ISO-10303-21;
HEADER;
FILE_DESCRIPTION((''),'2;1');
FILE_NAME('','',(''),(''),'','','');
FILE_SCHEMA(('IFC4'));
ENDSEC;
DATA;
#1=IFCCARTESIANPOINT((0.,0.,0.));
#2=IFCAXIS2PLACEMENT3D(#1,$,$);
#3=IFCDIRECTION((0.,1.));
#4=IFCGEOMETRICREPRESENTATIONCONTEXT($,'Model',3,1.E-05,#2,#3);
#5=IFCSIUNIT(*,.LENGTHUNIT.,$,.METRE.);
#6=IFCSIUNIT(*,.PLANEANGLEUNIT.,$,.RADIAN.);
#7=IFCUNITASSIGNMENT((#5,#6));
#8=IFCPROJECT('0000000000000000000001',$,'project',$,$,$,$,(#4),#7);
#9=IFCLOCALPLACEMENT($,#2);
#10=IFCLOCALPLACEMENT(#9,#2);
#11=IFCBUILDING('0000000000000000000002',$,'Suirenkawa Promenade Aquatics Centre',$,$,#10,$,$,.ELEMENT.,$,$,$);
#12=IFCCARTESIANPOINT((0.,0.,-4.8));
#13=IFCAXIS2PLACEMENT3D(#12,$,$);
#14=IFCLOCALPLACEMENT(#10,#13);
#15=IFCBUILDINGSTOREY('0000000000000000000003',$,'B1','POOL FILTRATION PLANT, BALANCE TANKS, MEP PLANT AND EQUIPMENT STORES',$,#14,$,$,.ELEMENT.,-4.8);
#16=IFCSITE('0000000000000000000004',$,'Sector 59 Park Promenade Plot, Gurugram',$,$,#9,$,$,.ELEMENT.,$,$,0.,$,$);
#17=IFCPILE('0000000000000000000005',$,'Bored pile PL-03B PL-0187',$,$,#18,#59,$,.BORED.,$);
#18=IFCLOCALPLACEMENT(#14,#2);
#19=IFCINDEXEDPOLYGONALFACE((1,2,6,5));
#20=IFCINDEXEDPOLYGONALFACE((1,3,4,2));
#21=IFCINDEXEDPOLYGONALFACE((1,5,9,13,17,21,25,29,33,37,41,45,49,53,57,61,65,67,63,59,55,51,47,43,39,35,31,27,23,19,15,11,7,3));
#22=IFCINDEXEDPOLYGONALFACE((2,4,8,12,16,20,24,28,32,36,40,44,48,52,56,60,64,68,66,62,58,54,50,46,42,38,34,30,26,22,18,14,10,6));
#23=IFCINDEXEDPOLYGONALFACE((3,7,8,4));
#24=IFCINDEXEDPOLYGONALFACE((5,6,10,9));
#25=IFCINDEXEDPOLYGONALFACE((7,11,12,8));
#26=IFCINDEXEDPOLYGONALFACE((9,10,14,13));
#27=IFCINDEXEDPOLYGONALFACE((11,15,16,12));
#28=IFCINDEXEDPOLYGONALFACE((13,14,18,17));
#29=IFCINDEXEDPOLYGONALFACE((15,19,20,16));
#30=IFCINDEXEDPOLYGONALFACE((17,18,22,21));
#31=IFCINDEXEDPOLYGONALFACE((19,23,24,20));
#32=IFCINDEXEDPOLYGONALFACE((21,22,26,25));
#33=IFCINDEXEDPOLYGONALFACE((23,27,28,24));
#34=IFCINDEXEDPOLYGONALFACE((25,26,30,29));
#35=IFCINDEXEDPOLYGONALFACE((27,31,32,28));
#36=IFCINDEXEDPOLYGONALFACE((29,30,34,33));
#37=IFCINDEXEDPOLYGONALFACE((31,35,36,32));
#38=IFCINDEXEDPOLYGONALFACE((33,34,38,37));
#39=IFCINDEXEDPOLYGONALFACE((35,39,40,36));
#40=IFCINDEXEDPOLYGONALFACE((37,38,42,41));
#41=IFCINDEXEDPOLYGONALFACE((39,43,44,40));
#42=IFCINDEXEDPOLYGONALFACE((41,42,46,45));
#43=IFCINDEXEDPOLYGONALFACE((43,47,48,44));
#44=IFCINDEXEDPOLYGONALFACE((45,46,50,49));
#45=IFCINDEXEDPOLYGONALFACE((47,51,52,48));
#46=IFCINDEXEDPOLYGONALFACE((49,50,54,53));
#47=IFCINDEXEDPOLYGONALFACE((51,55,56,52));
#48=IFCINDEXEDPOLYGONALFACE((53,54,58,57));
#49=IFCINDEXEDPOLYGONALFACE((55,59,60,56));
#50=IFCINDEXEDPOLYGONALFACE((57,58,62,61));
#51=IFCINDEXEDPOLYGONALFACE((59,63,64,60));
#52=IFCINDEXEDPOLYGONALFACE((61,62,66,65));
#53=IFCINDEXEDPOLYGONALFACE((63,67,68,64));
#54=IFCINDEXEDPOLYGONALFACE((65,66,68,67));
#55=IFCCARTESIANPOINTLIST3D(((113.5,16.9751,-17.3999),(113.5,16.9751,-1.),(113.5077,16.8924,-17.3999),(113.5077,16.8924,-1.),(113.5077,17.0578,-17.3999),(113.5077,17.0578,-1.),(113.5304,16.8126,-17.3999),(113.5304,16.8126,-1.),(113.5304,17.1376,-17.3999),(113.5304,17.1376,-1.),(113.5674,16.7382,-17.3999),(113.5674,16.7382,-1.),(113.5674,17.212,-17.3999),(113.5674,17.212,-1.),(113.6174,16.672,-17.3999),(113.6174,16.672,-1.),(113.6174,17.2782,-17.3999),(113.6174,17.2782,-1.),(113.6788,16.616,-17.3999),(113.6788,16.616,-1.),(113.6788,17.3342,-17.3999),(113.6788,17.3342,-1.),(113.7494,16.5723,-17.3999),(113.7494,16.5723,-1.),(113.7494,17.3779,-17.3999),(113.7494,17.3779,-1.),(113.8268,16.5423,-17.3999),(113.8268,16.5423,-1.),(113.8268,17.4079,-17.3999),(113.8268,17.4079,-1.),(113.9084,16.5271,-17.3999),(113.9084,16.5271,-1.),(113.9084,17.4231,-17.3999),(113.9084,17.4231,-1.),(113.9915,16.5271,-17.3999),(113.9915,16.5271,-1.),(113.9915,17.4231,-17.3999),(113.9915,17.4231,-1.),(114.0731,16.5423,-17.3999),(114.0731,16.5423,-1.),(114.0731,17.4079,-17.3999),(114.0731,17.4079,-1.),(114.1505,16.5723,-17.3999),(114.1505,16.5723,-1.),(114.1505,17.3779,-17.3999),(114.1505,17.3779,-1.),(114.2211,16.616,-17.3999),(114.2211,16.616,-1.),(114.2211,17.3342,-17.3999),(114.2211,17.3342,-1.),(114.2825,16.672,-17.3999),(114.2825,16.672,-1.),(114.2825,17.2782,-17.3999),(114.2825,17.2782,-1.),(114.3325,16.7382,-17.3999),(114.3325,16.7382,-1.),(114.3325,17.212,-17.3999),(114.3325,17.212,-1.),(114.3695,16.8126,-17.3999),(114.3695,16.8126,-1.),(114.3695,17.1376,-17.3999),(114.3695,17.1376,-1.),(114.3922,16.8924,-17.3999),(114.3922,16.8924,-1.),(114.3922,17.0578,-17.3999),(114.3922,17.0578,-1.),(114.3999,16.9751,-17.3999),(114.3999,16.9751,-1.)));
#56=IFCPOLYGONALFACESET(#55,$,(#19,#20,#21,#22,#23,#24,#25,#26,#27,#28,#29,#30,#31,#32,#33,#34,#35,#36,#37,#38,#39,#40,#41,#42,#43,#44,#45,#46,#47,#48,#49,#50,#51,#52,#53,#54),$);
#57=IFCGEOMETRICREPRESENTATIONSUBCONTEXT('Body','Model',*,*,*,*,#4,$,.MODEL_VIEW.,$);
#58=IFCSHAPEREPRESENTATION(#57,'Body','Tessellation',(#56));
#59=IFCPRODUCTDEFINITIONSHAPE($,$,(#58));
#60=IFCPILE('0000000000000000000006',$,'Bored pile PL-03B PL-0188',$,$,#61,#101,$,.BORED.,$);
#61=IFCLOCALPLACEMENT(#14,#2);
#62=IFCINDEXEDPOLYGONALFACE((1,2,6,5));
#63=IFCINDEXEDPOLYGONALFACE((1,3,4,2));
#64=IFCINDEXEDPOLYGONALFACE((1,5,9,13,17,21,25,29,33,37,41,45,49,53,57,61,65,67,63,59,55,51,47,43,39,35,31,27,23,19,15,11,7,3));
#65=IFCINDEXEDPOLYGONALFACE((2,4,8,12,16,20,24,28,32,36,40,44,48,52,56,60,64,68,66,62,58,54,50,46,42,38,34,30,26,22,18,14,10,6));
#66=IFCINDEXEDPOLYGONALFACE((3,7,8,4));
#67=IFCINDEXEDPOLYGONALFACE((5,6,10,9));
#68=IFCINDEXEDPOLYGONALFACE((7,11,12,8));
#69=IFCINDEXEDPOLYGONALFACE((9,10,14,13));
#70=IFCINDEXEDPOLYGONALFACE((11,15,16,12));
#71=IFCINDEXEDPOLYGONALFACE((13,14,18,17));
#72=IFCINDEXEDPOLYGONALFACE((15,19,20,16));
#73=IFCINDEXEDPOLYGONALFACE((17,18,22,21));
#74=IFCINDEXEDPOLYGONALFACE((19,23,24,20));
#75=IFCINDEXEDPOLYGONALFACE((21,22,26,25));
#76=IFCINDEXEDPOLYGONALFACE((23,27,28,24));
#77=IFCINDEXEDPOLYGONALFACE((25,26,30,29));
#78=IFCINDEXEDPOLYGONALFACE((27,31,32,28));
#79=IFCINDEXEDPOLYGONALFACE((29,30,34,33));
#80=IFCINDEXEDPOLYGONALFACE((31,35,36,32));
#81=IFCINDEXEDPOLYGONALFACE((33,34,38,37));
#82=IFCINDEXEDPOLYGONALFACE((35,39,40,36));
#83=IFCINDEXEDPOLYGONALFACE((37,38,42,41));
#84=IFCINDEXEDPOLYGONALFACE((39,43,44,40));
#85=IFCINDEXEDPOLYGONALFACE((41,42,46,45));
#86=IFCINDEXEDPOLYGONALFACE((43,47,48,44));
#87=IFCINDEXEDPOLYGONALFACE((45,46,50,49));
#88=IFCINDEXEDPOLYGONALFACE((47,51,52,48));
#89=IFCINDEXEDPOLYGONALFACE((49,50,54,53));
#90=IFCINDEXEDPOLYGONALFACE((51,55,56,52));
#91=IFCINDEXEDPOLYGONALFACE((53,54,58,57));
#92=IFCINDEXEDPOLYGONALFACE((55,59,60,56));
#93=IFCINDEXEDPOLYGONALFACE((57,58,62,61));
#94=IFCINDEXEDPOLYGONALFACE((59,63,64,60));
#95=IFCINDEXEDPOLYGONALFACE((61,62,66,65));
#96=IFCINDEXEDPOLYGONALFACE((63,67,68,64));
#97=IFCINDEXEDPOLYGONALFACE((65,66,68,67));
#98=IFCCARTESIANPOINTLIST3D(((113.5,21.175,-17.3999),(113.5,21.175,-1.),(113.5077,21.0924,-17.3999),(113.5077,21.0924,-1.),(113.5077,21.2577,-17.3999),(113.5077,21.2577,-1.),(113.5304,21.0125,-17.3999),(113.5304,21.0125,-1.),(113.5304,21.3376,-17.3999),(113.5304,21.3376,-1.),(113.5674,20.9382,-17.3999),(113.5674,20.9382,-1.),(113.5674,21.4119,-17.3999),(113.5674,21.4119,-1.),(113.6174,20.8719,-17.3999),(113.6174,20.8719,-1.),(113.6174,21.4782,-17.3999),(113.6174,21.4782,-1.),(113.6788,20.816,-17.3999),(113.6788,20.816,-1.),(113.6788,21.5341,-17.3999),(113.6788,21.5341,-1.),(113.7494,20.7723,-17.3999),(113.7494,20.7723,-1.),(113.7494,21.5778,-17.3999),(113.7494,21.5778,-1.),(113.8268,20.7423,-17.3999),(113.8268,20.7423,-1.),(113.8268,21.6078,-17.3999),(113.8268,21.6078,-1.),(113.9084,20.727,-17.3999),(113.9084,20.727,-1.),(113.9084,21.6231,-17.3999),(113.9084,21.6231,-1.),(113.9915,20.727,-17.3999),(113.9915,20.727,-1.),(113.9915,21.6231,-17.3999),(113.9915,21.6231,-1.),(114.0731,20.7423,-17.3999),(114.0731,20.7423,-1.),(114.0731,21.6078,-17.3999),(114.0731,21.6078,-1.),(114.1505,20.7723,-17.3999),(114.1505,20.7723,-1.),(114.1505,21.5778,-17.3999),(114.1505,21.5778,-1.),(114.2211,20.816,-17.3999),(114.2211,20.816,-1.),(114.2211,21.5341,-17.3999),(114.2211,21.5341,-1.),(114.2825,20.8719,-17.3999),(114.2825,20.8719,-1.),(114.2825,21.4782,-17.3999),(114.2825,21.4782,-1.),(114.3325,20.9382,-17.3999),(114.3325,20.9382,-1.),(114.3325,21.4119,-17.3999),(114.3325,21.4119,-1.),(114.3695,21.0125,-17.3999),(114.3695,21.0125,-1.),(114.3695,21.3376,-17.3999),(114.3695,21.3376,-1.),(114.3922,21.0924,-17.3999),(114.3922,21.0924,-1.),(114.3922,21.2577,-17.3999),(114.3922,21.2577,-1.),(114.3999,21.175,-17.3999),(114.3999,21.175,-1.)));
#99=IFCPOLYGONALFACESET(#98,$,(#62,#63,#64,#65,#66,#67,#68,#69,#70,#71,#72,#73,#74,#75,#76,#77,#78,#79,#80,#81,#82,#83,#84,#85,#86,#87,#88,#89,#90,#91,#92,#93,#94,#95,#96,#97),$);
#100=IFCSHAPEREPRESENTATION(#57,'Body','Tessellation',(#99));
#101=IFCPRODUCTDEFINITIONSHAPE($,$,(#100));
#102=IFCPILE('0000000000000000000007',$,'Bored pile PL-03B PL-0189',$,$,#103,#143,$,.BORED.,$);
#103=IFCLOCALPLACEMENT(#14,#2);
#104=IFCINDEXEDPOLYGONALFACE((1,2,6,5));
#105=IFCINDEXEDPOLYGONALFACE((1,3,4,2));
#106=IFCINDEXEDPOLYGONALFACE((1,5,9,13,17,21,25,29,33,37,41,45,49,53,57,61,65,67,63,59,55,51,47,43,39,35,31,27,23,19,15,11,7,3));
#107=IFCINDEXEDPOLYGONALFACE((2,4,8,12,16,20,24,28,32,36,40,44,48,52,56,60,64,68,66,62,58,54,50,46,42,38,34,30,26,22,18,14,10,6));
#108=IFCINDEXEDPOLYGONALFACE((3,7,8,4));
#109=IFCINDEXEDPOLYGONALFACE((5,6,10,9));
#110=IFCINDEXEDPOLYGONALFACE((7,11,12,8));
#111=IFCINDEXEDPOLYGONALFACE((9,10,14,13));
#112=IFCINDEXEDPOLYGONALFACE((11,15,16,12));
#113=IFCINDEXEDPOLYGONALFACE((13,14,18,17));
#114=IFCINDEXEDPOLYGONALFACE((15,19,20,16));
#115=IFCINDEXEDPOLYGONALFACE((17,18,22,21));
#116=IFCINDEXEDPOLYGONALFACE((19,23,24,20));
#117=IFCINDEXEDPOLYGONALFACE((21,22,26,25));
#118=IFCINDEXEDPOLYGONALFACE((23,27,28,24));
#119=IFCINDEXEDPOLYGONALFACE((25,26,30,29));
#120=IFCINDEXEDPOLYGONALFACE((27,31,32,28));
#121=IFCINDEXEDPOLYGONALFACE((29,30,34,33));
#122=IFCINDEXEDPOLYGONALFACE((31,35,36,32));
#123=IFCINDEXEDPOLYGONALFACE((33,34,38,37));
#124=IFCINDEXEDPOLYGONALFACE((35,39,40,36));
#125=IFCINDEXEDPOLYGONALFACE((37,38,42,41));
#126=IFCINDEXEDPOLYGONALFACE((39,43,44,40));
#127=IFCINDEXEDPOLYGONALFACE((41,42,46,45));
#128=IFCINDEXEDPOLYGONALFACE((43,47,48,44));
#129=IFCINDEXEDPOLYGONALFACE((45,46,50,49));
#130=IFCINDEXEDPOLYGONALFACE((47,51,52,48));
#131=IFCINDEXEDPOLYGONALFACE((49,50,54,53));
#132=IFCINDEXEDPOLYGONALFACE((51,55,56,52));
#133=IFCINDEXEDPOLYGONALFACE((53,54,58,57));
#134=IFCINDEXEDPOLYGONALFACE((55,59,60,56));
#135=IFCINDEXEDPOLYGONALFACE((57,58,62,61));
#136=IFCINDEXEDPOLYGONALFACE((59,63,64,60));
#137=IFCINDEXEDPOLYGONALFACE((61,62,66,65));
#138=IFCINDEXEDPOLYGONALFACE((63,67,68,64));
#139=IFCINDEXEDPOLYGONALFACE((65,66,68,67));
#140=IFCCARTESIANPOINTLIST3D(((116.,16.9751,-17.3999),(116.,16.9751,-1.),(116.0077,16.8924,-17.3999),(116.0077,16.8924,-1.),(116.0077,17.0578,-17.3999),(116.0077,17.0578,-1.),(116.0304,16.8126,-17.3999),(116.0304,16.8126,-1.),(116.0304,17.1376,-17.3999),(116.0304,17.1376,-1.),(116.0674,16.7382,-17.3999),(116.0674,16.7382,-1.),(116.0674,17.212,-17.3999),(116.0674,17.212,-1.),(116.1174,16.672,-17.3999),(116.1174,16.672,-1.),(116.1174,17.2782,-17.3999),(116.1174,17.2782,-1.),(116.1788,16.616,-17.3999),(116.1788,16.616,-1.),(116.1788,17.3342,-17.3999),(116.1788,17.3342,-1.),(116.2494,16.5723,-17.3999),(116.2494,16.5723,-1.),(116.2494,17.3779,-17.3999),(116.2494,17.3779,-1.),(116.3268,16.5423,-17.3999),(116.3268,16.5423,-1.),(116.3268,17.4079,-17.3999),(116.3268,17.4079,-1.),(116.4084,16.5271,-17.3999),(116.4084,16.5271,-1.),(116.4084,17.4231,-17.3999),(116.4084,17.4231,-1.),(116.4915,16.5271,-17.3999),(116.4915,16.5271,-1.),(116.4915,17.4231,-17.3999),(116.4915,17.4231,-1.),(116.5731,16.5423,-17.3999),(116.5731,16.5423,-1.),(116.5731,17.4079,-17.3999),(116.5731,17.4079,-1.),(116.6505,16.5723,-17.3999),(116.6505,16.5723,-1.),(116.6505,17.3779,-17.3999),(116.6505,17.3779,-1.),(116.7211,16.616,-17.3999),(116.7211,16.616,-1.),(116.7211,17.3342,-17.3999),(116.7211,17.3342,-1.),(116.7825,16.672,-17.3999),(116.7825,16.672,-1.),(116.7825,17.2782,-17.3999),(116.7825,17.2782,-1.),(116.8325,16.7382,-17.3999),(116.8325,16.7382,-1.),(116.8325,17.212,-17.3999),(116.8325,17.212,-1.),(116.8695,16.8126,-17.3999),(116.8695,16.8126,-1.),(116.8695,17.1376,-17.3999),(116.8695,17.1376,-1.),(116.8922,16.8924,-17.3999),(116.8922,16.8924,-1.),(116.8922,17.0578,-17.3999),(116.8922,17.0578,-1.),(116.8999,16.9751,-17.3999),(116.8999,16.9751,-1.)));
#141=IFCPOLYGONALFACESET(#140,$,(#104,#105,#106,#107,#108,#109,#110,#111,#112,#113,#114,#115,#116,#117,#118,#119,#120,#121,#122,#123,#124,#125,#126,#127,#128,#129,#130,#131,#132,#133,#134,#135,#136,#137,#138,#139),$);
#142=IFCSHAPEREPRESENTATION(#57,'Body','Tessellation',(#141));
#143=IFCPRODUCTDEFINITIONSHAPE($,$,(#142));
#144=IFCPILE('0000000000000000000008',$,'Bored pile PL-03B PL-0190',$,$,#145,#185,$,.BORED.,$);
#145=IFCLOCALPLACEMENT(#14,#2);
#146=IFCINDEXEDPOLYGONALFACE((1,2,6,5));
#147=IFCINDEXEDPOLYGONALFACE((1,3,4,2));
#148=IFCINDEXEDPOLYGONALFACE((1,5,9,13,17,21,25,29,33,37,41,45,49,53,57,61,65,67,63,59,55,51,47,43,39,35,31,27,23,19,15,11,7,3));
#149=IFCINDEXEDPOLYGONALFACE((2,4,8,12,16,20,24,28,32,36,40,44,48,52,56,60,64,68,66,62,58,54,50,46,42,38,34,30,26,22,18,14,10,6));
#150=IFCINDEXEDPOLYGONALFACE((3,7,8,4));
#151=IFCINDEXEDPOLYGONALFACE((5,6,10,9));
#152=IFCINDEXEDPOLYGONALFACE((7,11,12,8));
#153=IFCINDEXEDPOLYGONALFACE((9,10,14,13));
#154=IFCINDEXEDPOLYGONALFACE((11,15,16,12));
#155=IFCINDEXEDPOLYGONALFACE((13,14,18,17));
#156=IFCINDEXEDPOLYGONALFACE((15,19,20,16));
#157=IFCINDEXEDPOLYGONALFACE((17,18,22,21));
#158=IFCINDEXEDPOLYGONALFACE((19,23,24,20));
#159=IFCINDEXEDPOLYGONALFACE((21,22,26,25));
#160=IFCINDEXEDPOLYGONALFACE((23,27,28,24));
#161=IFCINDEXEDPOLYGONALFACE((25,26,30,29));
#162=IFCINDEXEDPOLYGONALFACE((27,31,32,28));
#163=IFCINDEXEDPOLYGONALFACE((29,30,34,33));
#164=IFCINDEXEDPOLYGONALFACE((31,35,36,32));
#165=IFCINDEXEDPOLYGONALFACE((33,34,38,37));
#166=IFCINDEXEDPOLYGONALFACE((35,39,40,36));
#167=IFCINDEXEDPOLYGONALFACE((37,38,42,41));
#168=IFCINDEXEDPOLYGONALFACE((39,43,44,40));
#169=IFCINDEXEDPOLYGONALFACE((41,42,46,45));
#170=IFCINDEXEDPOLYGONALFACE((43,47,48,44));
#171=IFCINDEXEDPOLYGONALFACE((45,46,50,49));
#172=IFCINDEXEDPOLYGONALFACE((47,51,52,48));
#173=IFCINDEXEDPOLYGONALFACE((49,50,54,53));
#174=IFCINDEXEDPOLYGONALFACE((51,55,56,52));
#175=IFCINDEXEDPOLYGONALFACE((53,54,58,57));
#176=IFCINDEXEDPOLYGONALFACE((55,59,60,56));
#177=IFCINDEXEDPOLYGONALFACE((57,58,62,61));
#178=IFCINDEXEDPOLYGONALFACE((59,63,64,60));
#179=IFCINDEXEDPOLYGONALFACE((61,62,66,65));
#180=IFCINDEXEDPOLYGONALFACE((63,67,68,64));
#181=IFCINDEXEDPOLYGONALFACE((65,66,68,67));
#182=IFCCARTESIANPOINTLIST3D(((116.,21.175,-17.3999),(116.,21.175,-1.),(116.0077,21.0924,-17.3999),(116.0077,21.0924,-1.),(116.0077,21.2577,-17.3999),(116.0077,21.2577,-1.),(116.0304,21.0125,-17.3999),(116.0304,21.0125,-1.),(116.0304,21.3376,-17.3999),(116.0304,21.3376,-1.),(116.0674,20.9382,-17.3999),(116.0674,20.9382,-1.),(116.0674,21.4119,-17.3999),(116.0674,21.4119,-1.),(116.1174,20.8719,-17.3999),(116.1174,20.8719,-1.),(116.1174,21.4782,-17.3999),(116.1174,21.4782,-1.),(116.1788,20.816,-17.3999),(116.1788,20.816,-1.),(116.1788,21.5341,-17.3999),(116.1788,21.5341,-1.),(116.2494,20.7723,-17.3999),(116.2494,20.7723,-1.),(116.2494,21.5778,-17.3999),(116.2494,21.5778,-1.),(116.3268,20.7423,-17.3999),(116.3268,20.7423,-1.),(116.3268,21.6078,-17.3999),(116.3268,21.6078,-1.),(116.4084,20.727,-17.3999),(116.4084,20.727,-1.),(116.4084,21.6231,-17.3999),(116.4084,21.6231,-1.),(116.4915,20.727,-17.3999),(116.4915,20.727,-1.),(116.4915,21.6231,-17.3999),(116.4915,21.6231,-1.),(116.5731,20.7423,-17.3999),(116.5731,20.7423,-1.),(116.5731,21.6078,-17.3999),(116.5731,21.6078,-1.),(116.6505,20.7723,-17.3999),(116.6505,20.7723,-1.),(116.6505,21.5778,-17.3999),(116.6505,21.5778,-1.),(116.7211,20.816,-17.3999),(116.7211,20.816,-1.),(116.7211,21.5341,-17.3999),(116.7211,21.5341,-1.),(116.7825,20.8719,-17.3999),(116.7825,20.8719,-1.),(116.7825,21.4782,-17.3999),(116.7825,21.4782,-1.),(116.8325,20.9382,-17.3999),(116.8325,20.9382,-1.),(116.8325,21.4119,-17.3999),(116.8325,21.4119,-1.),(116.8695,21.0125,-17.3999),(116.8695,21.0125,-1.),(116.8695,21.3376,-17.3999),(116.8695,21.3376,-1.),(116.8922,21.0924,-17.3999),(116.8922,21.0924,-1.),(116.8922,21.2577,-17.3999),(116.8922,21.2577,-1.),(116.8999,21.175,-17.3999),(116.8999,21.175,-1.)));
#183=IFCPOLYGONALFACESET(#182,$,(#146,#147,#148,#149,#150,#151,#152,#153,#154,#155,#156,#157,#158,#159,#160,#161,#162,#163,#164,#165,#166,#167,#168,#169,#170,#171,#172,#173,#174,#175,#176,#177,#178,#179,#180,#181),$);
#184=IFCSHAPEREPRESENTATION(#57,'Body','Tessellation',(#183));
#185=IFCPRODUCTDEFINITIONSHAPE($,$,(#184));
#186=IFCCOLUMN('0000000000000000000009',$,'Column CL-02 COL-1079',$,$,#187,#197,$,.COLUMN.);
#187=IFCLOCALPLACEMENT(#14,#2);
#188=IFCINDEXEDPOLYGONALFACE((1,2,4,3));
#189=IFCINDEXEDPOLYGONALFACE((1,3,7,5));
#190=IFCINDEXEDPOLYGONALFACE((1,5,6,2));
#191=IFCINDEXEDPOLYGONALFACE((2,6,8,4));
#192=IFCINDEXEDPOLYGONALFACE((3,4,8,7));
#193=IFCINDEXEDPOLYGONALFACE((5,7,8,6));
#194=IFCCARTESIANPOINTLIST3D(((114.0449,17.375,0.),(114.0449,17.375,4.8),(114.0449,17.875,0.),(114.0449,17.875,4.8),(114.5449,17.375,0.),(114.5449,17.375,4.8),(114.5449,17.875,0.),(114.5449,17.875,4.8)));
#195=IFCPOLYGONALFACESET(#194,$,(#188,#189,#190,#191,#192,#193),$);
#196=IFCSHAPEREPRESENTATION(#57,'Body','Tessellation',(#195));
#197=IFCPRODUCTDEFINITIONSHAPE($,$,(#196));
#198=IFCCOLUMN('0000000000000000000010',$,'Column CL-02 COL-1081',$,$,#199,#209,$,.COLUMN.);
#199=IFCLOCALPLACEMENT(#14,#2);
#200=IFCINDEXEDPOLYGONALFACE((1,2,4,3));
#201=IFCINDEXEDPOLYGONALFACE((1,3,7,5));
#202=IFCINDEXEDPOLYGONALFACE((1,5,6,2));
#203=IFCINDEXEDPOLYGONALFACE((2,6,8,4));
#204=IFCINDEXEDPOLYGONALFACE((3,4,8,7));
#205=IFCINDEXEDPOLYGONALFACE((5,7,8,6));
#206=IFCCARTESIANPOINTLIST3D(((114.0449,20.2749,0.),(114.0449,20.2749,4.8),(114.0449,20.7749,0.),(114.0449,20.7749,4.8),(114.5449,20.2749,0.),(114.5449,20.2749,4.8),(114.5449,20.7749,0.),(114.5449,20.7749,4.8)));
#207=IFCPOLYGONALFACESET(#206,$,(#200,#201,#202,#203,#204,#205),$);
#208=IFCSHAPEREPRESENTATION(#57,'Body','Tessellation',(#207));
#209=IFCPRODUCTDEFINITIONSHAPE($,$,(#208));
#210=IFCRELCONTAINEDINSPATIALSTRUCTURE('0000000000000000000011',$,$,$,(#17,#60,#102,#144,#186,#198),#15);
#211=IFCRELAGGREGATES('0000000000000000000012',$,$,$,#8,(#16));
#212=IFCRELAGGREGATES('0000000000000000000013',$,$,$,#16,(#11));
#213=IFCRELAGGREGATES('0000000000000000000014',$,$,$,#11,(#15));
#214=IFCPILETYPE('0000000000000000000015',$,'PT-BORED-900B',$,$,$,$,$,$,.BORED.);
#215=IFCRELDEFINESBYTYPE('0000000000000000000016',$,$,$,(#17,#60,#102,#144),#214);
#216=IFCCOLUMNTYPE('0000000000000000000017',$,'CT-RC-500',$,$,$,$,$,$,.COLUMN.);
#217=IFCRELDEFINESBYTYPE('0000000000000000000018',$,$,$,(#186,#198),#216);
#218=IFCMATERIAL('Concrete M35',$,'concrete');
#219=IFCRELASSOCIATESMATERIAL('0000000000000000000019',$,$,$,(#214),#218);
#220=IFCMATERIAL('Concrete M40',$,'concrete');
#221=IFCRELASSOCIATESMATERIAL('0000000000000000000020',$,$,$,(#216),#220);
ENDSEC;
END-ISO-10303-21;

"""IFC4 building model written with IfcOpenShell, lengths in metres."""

from ifc_helpers import new_model, si_unit, direction, frame, origin, origin_2d, place, context, subcontext, project, spatial, rectangle, circle, extrude, material, material_profile, profile_set, type_object, element, save


model = new_model("IFC4")

# Units and contexts
model_context = context("Model", 3, precision=1e-05, world=origin(), true_north=direction((0.0, 1.0)))
body_context = subcontext(model_context, "Body", "Model", "MODEL_VIEW")
ifc_project = project(units=[si_unit("LENGTHUNIT", "METRE"), si_unit("PLANEANGLEUNIT", "RADIAN")], contexts=[model_context])

# Site, building, storey
site_placement = place(None, origin())
site = spatial("IfcSite", under=ifc_project, at=site_placement, Name="Sector 59 Park Promenade Plot, Gurugram", CompositionType="ELEMENT", RefElevation=0.0)
building_placement = place(site_placement, origin())
building = spatial("IfcBuilding", under=site, at=building_placement, Name="Suirenkawa Promenade Aquatics Centre", CompositionType="ELEMENT")
storey_placement = place(building_placement, frame((0.0, 0.0, -4.8)))
storey = spatial("IfcBuildingStorey", under=building, at=storey_placement, Name="B1", Description="POOL FILTRATION PLANT, BALANCE TANKS, MEP PLANT AND EQUIPMENT STORES", CompositionType="ELEMENT", Elevation=-4.8)

# Shared definitions
ifc_material_1 = material(Name="Concrete M35", Category="concrete")

# Piles
ifc_material_profile_1 = material_profile(ifc_material_1, circle(Radius=0.45, at=origin_2d()), Name="PILE D900", Category="concrete")
ifc_profile_set_1 = profile_set([ifc_material_profile_1], Name="Concrete M35")
pile_type_1 = type_object("IfcPileType", Name="PT-BORED-900B", PredefinedType="BORED", material=ifc_profile_set_1)
for number, where, z_axis, x_axis, name in (
    (1, (113.95, 16.9751, -1.0), (0.0, 0.0, -1.0), (1.0, 0.0, 0.0), "Bored pile PL-03B PL-0187"),
    (2, (113.95, 21.175, -1.0), (0.0, 0.0, -1.0), (1.0, 0.0, 0.0), "Bored pile PL-03B PL-0188"),
    (3, (116.45, 16.9751, -1.0), (0.0, 0.0, -1.0), (1.0, 0.0, 0.0), "Bored pile PL-03B PL-0189"),
    (4, (116.45, 21.175, -1.0), (0.0, 0.0, -1.0), (1.0, 0.0, 0.0), "Bored pile PL-03B PL-0190"),
):
    element("IfcPile", number, at=place(storey_placement, frame(where, z_axis=z_axis, x_axis=x_axis)), inside=storey, type_object=pile_type_1, Name=name, PredefinedType="BORED", context=body_context, shape_type="SweptSolid", body=[
        extrude(circle(Radius=0.45, at=origin_2d()), origin(), (0.0, 0.0, 1.0), 16.3999),
    ])

# Columns
ifc_material_2 = material(Name="Concrete M40", Category="concrete")
ifc_material_profile_2 = material_profile(ifc_material_2, rectangle(XDim=0.5, YDim=0.5, at=origin_2d()), Name="RC COL 500x500", Category="concrete")
ifc_profile_set_2 = profile_set([ifc_material_profile_2], Name="Concrete M40")
column_type_1 = type_object("IfcColumnType", Name="CT-RC-500", PredefinedType="COLUMN", material=ifc_profile_set_2)
for number, where, z_axis, x_axis, name in (
    (5, (114.2949, 17.625, 0.0), (0.0, 0.0, 1.0), (1.0, 0.0, 0.0), "Column CL-02 COL-1079"),
    (6, (114.2949, 20.5249, 0.0), (0.0, 0.0, 1.0), (1.0, 0.0, 0.0), "Column CL-02 COL-1081"),
):
    element("IfcColumn", number, at=place(storey_placement, frame(where, z_axis=z_axis, x_axis=x_axis)), inside=storey, type_object=column_type_1, Name=name, PredefinedType="COLUMN", context=body_context, shape_type="SweptSolid", body=[
        extrude(rectangle(XDim=0.5, YDim=0.5, at=origin_2d()), origin(), (0.0, 0.0, 1.0), 4.8),
    ])

save(model, "model.ifc")
